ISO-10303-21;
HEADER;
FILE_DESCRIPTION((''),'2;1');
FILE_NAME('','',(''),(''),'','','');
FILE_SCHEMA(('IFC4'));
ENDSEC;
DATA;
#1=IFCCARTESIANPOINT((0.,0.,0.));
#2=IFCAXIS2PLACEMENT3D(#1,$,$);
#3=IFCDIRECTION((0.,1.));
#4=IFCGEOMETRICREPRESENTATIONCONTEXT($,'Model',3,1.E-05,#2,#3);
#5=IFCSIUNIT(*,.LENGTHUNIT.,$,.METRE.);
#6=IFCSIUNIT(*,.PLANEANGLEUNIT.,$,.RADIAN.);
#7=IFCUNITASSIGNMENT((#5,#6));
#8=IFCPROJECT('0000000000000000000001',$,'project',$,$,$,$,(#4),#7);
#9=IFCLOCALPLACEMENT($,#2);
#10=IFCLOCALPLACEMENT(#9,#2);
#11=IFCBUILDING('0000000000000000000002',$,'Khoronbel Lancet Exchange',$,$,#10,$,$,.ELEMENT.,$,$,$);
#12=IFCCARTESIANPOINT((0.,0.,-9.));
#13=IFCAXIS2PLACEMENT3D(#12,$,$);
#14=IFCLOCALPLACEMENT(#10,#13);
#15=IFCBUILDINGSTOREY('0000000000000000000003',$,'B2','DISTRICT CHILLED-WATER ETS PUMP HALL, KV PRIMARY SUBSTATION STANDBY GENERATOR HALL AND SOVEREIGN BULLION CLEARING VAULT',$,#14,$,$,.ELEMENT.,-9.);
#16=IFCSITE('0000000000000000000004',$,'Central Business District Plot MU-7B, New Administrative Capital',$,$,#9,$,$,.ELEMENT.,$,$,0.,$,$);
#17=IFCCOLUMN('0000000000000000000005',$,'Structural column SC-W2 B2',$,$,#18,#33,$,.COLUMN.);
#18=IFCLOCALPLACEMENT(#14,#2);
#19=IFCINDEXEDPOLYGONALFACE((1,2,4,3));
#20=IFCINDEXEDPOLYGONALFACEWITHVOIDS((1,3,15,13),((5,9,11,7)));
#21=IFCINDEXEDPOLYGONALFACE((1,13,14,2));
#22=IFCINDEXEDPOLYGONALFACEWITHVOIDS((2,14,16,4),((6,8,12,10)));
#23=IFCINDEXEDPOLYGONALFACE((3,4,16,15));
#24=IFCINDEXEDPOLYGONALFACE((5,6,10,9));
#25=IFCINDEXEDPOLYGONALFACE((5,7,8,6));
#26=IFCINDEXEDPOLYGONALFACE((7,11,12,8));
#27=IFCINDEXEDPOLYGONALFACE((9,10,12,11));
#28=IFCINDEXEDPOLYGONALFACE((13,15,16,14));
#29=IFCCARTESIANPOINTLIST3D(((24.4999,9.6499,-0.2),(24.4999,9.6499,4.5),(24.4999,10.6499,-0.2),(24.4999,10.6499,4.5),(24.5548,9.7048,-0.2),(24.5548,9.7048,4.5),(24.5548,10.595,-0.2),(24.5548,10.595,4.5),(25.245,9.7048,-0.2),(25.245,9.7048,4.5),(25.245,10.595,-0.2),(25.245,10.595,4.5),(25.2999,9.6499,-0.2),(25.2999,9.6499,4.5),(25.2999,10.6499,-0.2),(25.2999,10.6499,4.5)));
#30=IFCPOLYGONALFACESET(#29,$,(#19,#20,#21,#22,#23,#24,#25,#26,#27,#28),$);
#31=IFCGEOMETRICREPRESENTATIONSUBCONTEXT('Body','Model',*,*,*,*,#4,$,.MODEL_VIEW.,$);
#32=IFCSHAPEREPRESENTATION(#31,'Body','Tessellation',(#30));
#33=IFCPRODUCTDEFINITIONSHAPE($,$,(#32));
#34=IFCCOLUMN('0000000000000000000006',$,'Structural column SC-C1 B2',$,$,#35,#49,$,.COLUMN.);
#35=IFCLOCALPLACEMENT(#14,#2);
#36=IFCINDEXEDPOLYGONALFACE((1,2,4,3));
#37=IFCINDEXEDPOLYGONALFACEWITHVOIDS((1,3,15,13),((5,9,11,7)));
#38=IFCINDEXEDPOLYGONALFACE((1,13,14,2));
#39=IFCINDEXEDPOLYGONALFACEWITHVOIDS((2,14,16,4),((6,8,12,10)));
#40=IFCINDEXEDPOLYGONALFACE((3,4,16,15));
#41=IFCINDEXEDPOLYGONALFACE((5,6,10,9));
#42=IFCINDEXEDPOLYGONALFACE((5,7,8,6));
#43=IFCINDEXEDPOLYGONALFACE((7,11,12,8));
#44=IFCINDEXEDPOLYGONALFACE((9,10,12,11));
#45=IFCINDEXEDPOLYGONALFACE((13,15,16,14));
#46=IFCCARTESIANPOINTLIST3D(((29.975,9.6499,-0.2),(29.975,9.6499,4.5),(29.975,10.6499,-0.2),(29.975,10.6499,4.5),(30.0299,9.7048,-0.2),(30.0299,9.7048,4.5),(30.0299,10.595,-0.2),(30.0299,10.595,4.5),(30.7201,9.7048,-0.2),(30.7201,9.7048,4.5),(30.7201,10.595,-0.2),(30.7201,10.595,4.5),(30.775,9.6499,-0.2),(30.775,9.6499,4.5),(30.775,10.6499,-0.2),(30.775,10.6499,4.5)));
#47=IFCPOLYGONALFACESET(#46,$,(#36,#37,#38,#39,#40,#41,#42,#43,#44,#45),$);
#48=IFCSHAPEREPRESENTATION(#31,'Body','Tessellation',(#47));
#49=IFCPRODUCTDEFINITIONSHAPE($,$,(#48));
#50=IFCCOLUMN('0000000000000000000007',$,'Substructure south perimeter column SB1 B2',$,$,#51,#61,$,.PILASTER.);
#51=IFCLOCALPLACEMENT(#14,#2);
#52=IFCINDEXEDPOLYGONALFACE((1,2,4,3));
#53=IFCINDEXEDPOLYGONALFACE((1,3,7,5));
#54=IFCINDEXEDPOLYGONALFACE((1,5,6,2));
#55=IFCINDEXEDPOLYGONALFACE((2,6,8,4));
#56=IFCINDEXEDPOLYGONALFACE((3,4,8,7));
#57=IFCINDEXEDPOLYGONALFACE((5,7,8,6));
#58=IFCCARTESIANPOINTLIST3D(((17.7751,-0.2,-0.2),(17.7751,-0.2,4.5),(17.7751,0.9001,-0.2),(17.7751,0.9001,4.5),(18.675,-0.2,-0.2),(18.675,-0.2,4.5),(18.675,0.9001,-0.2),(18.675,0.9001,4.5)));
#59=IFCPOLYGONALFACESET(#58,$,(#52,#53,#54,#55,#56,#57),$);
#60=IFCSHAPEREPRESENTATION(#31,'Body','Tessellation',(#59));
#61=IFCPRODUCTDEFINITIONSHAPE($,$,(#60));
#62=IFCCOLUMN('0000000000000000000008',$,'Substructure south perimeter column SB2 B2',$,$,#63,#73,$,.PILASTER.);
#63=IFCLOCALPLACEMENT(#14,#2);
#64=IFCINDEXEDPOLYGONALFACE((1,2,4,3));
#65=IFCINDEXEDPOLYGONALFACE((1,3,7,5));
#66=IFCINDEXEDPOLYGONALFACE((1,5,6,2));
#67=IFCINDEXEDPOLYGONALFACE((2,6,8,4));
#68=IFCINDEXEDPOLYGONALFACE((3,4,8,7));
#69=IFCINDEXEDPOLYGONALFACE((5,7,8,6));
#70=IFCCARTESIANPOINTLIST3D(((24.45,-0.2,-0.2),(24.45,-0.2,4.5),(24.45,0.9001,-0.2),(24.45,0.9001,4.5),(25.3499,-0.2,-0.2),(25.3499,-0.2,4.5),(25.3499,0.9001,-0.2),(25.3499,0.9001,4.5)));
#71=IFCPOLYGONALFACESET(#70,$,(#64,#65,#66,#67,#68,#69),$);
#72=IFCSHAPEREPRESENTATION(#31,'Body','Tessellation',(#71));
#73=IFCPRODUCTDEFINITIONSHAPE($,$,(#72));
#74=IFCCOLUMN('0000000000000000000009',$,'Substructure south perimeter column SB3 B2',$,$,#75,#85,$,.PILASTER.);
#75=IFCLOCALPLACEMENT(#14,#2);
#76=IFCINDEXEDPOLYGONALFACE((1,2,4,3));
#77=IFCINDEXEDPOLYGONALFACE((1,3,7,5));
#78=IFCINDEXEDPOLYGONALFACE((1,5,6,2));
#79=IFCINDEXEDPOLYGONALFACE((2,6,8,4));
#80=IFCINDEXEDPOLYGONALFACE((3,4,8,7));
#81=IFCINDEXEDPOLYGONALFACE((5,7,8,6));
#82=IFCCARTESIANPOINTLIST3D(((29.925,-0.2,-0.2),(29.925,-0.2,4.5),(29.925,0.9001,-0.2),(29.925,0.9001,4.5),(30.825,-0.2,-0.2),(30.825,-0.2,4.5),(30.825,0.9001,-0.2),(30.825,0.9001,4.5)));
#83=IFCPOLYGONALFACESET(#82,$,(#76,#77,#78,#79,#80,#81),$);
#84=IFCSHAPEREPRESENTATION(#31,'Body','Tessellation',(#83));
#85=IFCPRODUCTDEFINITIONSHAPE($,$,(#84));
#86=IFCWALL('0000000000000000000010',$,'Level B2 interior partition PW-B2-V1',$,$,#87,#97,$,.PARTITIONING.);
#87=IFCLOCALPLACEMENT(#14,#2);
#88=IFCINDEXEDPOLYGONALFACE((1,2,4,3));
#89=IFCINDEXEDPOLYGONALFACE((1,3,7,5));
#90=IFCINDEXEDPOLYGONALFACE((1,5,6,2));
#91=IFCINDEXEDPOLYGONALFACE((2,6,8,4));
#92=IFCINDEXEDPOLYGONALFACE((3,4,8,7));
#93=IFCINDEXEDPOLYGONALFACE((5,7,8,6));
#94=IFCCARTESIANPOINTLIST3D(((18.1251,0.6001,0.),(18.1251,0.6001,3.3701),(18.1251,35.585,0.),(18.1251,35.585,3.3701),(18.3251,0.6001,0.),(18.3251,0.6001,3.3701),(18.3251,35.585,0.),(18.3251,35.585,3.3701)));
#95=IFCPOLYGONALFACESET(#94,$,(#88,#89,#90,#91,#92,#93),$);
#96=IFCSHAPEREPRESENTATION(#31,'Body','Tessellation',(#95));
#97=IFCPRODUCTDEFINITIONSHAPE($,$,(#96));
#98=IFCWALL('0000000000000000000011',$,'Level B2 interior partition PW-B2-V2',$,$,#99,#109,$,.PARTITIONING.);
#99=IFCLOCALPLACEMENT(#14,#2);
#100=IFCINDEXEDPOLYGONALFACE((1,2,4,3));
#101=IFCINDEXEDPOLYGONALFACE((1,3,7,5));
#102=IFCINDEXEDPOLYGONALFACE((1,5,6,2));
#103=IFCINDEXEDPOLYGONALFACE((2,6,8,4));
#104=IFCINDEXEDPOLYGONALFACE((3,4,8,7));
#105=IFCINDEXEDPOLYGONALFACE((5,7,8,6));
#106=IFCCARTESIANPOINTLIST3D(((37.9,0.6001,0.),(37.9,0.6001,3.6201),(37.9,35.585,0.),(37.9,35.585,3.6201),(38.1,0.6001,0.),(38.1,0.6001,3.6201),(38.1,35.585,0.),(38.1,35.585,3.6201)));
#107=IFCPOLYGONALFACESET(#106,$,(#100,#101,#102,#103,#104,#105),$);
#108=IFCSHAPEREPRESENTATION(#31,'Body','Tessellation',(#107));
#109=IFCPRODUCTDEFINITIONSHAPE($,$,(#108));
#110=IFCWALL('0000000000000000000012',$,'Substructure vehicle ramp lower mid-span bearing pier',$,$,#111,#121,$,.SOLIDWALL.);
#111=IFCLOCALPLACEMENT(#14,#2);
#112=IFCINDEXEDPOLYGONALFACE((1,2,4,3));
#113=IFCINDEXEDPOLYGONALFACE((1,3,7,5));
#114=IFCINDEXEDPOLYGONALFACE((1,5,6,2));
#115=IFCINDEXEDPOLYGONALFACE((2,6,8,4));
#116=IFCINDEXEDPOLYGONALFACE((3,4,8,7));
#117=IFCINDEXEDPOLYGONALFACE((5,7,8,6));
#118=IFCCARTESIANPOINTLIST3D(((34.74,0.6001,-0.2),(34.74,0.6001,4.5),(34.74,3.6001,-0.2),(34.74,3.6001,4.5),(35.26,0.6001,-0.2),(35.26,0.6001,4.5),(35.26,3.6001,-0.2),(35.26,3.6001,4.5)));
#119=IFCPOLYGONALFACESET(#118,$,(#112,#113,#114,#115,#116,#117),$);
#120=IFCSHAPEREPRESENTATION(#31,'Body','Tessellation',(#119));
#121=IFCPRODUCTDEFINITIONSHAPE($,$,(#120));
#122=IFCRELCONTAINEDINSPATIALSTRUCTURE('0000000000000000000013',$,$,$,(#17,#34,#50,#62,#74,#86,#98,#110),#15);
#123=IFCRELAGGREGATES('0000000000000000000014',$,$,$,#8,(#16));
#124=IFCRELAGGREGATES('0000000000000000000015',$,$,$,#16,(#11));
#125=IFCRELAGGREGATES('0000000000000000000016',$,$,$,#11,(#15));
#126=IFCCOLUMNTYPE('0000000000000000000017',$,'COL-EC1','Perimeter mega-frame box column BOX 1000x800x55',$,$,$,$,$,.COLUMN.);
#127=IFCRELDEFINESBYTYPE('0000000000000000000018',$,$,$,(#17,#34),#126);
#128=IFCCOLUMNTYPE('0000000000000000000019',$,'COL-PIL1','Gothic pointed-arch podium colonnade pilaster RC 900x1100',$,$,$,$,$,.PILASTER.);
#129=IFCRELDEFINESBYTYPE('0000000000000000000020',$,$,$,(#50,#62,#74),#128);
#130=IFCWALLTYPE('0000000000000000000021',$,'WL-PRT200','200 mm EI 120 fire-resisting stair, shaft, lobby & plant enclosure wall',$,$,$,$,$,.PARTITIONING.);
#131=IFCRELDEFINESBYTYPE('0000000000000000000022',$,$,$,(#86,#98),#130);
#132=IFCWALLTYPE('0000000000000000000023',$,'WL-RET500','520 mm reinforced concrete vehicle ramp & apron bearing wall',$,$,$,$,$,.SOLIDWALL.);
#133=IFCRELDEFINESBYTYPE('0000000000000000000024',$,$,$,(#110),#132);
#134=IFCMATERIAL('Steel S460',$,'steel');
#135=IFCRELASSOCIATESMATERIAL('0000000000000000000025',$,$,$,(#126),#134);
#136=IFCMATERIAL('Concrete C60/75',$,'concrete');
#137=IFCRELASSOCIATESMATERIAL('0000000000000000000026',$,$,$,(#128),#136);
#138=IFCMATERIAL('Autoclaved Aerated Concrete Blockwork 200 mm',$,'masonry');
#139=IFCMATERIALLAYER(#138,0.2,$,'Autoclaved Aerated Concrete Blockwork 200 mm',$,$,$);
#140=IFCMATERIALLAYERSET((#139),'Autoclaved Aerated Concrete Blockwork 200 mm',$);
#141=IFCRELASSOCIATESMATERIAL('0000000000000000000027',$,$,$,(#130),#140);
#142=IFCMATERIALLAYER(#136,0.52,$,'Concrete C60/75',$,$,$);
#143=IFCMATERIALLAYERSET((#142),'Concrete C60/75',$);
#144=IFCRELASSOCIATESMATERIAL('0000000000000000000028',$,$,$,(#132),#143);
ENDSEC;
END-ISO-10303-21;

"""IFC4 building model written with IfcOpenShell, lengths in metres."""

from ifc_helpers import new_model, si_unit, direction, frame, frame_2d, origin, origin_2d, place, context, subcontext, project, spatial, rectangle, hollow_rectangle, extrude, material, layer, layer_set, material_profile, profile_set, type_object, element, save


model = new_model("IFC4")

# Units and contexts
model_context = context("Model", 3, precision=1e-05, world=origin(), true_north=direction((0.0, 1.0)))
body_context = subcontext(model_context, "Body", "Model", "MODEL_VIEW")
ifc_project = project(units=[si_unit("LENGTHUNIT", "METRE"), si_unit("PLANEANGLEUNIT", "RADIAN")], contexts=[model_context])

# Site, building, storey
site_placement = place(None, origin())
site = spatial("IfcSite", under=ifc_project, at=site_placement, Name="Central Business District Plot MU-7B, New Administrative Capital", CompositionType="ELEMENT", RefElevation=0.0)
building_placement = place(site_placement, origin())
building = spatial("IfcBuilding", under=site, at=building_placement, Name="Khoronbel Lancet Exchange", CompositionType="ELEMENT")
storey_placement = place(building_placement, frame((0.0, 0.0, -9.0)))
storey = spatial("IfcBuildingStorey", under=building, at=storey_placement, Name="B2", Description="DISTRICT CHILLED-WATER ETS PUMP HALL, KV PRIMARY SUBSTATION STANDBY GENERATOR HALL AND SOVEREIGN BULLION CLEARING VAULT", CompositionType="ELEMENT", Elevation=-9.0)

# Columns
ifc_material_1 = material(Name="Steel S460", Category="steel")
ifc_material_profile_1 = material_profile(ifc_material_1, hollow_rectangle(XDim=0.8, YDim=1.0, WallThickness=0.0549, at=origin_2d()), Name="BOX 1000x800x55")
ifc_profile_set_1 = profile_set([ifc_material_profile_1], Name="Steel S460")
column_type_1 = type_object("IfcColumnType", Name="COL-EC1", Description="Perimeter mega-frame box column BOX 1000x800x55", PredefinedType="COLUMN", material=ifc_profile_set_1)
for number, where, z_axis, x_axis, name in (
    (1, (24.8999, 10.1499, -0.2), (0.0, 0.0, 1.0), (1.0, 0.0, 0.0), "Structural column SC-W2 B2"),
    (2, (30.375, 10.1499, -0.2), (0.0, 0.0, 1.0), (1.0, 0.0, 0.0), "Structural column SC-C1 B2"),
):
    element("IfcColumn", number, at=place(storey_placement, frame(where, z_axis=z_axis, x_axis=x_axis)), inside=storey, type_object=column_type_1, Name=name, PredefinedType="COLUMN", context=body_context, shape_type="SweptSolid", body=[
        extrude(hollow_rectangle(XDim=0.8, YDim=1.0, WallThickness=0.0549, at=origin_2d()), origin(), (0.0, 0.0, 1.0), 4.7),
    ])
ifc_material_2 = material(Name="Concrete C60/75", Category="concrete")
ifc_material_profile_2 = material_profile(ifc_material_2, rectangle(XDim=0.8999, YDim=1.1001, at=origin_2d()), Name="RC 900x1100")
ifc_profile_set_2 = profile_set([ifc_material_profile_2], Name="Concrete C60/75")
column_type_2 = type_object("IfcColumnType", Name="COL-PIL1", Description="Gothic pointed-arch podium colonnade pilaster RC 900x1100", PredefinedType="PILASTER", material=ifc_profile_set_2)
for number, where, z_axis, x_axis, name in (
    (3, (18.2251, 0.3501, -0.2), (0.0, 0.0, 1.0), (1.0, 0.0, 0.0), "Substructure south perimeter column SB1 B2"),
    (4, (24.8999, 0.3501, -0.2), (0.0, 0.0, 1.0), (1.0, 0.0, 0.0), "Substructure south perimeter column SB2 B2"),
    (5, (30.375, 0.3501, -0.2), (0.0, 0.0, 1.0), (1.0, 0.0, 0.0), "Substructure south perimeter column SB3 B2"),
):
    element("IfcColumn", number, at=place(storey_placement, frame(where, z_axis=z_axis, x_axis=x_axis)), inside=storey, type_object=column_type_2, Name=name, PredefinedType="PILASTER", context=body_context, shape_type="SweptSolid", body=[
        extrude(rectangle(XDim=0.8999, YDim=1.1001, at=origin_2d()), origin(), (0.0, 0.0, 1.0), 4.7),
    ])

# Walls
ifc_material_3 = material(Name="Autoclaved Aerated Concrete Blockwork 200 mm", Category="masonry")
ifc_layer_1 = layer(ifc_material_3, 0.2, Name="Autoclaved Aerated Concrete Blockwork 200 mm")
ifc_layer_set_1 = layer_set([ifc_layer_1], Name="Autoclaved Aerated Concrete Blockwork 200 mm")
wall_type_1 = type_object("IfcWallType", Name="WL-PRT200", Description="200 mm EI 120 fire-resisting stair, shaft, lobby & plant enclosure wall", PredefinedType="PARTITIONING", material=ifc_layer_set_1)
wall_1_placement = place(storey_placement, frame((18.2251, 0.6001, 0.0), z_axis=(0.0, 0.0, 1.0), x_axis=(0.0, 1.0, 0.0)))
element("IfcWall", 6, at=wall_1_placement, inside=storey, type_object=wall_type_1, Name="Level B2 interior partition PW-B2-V1", PredefinedType="PARTITIONING", context=body_context, shape_type="SweptSolid", body=[
    extrude(rectangle(XDim=34.9849, YDim=0.2, at=frame_2d((17.4924, 0.0))), origin(), (0.0, 0.0, 1.0), 3.3701),
])
wall_2_placement = place(storey_placement, frame((38.0, 0.6001, 0.0), z_axis=(0.0, 0.0, 1.0), x_axis=(0.0, 1.0, 0.0)))
element("IfcWall", 7, at=wall_2_placement, inside=storey, type_object=wall_type_1, Name="Level B2 interior partition PW-B2-V2", PredefinedType="PARTITIONING", context=body_context, shape_type="SweptSolid", body=[
    extrude(rectangle(XDim=34.9849, YDim=0.2, at=frame_2d((17.4924, 0.0))), origin(), (0.0, 0.0, 1.0), 3.6201),
])
ifc_layer_2 = layer(ifc_material_2, 0.52, Name="Concrete C60/75")
ifc_layer_set_2 = layer_set([ifc_layer_2], Name="Concrete C60/75")
wall_type_2 = type_object("IfcWallType", Name="WL-RET500", Description="520 mm reinforced concrete vehicle ramp & apron bearing wall", PredefinedType="SOLIDWALL", material=ifc_layer_set_2)
wall_3_placement = place(storey_placement, frame((35.0, 0.6001, -0.2), z_axis=(0.0, 0.0, 1.0), x_axis=(0.0, 1.0, 0.0)))
element("IfcWall", 8, at=wall_3_placement, inside=storey, type_object=wall_type_2, Name="Substructure vehicle ramp lower mid-span bearing pier", PredefinedType="SOLIDWALL", context=body_context, shape_type="SweptSolid", body=[
    extrude(rectangle(XDim=3.0, YDim=0.52, at=frame_2d((1.5, 0.0))), origin(), (0.0, 0.0, 1.0), 4.7),
])

save(model, "model.ifc")
